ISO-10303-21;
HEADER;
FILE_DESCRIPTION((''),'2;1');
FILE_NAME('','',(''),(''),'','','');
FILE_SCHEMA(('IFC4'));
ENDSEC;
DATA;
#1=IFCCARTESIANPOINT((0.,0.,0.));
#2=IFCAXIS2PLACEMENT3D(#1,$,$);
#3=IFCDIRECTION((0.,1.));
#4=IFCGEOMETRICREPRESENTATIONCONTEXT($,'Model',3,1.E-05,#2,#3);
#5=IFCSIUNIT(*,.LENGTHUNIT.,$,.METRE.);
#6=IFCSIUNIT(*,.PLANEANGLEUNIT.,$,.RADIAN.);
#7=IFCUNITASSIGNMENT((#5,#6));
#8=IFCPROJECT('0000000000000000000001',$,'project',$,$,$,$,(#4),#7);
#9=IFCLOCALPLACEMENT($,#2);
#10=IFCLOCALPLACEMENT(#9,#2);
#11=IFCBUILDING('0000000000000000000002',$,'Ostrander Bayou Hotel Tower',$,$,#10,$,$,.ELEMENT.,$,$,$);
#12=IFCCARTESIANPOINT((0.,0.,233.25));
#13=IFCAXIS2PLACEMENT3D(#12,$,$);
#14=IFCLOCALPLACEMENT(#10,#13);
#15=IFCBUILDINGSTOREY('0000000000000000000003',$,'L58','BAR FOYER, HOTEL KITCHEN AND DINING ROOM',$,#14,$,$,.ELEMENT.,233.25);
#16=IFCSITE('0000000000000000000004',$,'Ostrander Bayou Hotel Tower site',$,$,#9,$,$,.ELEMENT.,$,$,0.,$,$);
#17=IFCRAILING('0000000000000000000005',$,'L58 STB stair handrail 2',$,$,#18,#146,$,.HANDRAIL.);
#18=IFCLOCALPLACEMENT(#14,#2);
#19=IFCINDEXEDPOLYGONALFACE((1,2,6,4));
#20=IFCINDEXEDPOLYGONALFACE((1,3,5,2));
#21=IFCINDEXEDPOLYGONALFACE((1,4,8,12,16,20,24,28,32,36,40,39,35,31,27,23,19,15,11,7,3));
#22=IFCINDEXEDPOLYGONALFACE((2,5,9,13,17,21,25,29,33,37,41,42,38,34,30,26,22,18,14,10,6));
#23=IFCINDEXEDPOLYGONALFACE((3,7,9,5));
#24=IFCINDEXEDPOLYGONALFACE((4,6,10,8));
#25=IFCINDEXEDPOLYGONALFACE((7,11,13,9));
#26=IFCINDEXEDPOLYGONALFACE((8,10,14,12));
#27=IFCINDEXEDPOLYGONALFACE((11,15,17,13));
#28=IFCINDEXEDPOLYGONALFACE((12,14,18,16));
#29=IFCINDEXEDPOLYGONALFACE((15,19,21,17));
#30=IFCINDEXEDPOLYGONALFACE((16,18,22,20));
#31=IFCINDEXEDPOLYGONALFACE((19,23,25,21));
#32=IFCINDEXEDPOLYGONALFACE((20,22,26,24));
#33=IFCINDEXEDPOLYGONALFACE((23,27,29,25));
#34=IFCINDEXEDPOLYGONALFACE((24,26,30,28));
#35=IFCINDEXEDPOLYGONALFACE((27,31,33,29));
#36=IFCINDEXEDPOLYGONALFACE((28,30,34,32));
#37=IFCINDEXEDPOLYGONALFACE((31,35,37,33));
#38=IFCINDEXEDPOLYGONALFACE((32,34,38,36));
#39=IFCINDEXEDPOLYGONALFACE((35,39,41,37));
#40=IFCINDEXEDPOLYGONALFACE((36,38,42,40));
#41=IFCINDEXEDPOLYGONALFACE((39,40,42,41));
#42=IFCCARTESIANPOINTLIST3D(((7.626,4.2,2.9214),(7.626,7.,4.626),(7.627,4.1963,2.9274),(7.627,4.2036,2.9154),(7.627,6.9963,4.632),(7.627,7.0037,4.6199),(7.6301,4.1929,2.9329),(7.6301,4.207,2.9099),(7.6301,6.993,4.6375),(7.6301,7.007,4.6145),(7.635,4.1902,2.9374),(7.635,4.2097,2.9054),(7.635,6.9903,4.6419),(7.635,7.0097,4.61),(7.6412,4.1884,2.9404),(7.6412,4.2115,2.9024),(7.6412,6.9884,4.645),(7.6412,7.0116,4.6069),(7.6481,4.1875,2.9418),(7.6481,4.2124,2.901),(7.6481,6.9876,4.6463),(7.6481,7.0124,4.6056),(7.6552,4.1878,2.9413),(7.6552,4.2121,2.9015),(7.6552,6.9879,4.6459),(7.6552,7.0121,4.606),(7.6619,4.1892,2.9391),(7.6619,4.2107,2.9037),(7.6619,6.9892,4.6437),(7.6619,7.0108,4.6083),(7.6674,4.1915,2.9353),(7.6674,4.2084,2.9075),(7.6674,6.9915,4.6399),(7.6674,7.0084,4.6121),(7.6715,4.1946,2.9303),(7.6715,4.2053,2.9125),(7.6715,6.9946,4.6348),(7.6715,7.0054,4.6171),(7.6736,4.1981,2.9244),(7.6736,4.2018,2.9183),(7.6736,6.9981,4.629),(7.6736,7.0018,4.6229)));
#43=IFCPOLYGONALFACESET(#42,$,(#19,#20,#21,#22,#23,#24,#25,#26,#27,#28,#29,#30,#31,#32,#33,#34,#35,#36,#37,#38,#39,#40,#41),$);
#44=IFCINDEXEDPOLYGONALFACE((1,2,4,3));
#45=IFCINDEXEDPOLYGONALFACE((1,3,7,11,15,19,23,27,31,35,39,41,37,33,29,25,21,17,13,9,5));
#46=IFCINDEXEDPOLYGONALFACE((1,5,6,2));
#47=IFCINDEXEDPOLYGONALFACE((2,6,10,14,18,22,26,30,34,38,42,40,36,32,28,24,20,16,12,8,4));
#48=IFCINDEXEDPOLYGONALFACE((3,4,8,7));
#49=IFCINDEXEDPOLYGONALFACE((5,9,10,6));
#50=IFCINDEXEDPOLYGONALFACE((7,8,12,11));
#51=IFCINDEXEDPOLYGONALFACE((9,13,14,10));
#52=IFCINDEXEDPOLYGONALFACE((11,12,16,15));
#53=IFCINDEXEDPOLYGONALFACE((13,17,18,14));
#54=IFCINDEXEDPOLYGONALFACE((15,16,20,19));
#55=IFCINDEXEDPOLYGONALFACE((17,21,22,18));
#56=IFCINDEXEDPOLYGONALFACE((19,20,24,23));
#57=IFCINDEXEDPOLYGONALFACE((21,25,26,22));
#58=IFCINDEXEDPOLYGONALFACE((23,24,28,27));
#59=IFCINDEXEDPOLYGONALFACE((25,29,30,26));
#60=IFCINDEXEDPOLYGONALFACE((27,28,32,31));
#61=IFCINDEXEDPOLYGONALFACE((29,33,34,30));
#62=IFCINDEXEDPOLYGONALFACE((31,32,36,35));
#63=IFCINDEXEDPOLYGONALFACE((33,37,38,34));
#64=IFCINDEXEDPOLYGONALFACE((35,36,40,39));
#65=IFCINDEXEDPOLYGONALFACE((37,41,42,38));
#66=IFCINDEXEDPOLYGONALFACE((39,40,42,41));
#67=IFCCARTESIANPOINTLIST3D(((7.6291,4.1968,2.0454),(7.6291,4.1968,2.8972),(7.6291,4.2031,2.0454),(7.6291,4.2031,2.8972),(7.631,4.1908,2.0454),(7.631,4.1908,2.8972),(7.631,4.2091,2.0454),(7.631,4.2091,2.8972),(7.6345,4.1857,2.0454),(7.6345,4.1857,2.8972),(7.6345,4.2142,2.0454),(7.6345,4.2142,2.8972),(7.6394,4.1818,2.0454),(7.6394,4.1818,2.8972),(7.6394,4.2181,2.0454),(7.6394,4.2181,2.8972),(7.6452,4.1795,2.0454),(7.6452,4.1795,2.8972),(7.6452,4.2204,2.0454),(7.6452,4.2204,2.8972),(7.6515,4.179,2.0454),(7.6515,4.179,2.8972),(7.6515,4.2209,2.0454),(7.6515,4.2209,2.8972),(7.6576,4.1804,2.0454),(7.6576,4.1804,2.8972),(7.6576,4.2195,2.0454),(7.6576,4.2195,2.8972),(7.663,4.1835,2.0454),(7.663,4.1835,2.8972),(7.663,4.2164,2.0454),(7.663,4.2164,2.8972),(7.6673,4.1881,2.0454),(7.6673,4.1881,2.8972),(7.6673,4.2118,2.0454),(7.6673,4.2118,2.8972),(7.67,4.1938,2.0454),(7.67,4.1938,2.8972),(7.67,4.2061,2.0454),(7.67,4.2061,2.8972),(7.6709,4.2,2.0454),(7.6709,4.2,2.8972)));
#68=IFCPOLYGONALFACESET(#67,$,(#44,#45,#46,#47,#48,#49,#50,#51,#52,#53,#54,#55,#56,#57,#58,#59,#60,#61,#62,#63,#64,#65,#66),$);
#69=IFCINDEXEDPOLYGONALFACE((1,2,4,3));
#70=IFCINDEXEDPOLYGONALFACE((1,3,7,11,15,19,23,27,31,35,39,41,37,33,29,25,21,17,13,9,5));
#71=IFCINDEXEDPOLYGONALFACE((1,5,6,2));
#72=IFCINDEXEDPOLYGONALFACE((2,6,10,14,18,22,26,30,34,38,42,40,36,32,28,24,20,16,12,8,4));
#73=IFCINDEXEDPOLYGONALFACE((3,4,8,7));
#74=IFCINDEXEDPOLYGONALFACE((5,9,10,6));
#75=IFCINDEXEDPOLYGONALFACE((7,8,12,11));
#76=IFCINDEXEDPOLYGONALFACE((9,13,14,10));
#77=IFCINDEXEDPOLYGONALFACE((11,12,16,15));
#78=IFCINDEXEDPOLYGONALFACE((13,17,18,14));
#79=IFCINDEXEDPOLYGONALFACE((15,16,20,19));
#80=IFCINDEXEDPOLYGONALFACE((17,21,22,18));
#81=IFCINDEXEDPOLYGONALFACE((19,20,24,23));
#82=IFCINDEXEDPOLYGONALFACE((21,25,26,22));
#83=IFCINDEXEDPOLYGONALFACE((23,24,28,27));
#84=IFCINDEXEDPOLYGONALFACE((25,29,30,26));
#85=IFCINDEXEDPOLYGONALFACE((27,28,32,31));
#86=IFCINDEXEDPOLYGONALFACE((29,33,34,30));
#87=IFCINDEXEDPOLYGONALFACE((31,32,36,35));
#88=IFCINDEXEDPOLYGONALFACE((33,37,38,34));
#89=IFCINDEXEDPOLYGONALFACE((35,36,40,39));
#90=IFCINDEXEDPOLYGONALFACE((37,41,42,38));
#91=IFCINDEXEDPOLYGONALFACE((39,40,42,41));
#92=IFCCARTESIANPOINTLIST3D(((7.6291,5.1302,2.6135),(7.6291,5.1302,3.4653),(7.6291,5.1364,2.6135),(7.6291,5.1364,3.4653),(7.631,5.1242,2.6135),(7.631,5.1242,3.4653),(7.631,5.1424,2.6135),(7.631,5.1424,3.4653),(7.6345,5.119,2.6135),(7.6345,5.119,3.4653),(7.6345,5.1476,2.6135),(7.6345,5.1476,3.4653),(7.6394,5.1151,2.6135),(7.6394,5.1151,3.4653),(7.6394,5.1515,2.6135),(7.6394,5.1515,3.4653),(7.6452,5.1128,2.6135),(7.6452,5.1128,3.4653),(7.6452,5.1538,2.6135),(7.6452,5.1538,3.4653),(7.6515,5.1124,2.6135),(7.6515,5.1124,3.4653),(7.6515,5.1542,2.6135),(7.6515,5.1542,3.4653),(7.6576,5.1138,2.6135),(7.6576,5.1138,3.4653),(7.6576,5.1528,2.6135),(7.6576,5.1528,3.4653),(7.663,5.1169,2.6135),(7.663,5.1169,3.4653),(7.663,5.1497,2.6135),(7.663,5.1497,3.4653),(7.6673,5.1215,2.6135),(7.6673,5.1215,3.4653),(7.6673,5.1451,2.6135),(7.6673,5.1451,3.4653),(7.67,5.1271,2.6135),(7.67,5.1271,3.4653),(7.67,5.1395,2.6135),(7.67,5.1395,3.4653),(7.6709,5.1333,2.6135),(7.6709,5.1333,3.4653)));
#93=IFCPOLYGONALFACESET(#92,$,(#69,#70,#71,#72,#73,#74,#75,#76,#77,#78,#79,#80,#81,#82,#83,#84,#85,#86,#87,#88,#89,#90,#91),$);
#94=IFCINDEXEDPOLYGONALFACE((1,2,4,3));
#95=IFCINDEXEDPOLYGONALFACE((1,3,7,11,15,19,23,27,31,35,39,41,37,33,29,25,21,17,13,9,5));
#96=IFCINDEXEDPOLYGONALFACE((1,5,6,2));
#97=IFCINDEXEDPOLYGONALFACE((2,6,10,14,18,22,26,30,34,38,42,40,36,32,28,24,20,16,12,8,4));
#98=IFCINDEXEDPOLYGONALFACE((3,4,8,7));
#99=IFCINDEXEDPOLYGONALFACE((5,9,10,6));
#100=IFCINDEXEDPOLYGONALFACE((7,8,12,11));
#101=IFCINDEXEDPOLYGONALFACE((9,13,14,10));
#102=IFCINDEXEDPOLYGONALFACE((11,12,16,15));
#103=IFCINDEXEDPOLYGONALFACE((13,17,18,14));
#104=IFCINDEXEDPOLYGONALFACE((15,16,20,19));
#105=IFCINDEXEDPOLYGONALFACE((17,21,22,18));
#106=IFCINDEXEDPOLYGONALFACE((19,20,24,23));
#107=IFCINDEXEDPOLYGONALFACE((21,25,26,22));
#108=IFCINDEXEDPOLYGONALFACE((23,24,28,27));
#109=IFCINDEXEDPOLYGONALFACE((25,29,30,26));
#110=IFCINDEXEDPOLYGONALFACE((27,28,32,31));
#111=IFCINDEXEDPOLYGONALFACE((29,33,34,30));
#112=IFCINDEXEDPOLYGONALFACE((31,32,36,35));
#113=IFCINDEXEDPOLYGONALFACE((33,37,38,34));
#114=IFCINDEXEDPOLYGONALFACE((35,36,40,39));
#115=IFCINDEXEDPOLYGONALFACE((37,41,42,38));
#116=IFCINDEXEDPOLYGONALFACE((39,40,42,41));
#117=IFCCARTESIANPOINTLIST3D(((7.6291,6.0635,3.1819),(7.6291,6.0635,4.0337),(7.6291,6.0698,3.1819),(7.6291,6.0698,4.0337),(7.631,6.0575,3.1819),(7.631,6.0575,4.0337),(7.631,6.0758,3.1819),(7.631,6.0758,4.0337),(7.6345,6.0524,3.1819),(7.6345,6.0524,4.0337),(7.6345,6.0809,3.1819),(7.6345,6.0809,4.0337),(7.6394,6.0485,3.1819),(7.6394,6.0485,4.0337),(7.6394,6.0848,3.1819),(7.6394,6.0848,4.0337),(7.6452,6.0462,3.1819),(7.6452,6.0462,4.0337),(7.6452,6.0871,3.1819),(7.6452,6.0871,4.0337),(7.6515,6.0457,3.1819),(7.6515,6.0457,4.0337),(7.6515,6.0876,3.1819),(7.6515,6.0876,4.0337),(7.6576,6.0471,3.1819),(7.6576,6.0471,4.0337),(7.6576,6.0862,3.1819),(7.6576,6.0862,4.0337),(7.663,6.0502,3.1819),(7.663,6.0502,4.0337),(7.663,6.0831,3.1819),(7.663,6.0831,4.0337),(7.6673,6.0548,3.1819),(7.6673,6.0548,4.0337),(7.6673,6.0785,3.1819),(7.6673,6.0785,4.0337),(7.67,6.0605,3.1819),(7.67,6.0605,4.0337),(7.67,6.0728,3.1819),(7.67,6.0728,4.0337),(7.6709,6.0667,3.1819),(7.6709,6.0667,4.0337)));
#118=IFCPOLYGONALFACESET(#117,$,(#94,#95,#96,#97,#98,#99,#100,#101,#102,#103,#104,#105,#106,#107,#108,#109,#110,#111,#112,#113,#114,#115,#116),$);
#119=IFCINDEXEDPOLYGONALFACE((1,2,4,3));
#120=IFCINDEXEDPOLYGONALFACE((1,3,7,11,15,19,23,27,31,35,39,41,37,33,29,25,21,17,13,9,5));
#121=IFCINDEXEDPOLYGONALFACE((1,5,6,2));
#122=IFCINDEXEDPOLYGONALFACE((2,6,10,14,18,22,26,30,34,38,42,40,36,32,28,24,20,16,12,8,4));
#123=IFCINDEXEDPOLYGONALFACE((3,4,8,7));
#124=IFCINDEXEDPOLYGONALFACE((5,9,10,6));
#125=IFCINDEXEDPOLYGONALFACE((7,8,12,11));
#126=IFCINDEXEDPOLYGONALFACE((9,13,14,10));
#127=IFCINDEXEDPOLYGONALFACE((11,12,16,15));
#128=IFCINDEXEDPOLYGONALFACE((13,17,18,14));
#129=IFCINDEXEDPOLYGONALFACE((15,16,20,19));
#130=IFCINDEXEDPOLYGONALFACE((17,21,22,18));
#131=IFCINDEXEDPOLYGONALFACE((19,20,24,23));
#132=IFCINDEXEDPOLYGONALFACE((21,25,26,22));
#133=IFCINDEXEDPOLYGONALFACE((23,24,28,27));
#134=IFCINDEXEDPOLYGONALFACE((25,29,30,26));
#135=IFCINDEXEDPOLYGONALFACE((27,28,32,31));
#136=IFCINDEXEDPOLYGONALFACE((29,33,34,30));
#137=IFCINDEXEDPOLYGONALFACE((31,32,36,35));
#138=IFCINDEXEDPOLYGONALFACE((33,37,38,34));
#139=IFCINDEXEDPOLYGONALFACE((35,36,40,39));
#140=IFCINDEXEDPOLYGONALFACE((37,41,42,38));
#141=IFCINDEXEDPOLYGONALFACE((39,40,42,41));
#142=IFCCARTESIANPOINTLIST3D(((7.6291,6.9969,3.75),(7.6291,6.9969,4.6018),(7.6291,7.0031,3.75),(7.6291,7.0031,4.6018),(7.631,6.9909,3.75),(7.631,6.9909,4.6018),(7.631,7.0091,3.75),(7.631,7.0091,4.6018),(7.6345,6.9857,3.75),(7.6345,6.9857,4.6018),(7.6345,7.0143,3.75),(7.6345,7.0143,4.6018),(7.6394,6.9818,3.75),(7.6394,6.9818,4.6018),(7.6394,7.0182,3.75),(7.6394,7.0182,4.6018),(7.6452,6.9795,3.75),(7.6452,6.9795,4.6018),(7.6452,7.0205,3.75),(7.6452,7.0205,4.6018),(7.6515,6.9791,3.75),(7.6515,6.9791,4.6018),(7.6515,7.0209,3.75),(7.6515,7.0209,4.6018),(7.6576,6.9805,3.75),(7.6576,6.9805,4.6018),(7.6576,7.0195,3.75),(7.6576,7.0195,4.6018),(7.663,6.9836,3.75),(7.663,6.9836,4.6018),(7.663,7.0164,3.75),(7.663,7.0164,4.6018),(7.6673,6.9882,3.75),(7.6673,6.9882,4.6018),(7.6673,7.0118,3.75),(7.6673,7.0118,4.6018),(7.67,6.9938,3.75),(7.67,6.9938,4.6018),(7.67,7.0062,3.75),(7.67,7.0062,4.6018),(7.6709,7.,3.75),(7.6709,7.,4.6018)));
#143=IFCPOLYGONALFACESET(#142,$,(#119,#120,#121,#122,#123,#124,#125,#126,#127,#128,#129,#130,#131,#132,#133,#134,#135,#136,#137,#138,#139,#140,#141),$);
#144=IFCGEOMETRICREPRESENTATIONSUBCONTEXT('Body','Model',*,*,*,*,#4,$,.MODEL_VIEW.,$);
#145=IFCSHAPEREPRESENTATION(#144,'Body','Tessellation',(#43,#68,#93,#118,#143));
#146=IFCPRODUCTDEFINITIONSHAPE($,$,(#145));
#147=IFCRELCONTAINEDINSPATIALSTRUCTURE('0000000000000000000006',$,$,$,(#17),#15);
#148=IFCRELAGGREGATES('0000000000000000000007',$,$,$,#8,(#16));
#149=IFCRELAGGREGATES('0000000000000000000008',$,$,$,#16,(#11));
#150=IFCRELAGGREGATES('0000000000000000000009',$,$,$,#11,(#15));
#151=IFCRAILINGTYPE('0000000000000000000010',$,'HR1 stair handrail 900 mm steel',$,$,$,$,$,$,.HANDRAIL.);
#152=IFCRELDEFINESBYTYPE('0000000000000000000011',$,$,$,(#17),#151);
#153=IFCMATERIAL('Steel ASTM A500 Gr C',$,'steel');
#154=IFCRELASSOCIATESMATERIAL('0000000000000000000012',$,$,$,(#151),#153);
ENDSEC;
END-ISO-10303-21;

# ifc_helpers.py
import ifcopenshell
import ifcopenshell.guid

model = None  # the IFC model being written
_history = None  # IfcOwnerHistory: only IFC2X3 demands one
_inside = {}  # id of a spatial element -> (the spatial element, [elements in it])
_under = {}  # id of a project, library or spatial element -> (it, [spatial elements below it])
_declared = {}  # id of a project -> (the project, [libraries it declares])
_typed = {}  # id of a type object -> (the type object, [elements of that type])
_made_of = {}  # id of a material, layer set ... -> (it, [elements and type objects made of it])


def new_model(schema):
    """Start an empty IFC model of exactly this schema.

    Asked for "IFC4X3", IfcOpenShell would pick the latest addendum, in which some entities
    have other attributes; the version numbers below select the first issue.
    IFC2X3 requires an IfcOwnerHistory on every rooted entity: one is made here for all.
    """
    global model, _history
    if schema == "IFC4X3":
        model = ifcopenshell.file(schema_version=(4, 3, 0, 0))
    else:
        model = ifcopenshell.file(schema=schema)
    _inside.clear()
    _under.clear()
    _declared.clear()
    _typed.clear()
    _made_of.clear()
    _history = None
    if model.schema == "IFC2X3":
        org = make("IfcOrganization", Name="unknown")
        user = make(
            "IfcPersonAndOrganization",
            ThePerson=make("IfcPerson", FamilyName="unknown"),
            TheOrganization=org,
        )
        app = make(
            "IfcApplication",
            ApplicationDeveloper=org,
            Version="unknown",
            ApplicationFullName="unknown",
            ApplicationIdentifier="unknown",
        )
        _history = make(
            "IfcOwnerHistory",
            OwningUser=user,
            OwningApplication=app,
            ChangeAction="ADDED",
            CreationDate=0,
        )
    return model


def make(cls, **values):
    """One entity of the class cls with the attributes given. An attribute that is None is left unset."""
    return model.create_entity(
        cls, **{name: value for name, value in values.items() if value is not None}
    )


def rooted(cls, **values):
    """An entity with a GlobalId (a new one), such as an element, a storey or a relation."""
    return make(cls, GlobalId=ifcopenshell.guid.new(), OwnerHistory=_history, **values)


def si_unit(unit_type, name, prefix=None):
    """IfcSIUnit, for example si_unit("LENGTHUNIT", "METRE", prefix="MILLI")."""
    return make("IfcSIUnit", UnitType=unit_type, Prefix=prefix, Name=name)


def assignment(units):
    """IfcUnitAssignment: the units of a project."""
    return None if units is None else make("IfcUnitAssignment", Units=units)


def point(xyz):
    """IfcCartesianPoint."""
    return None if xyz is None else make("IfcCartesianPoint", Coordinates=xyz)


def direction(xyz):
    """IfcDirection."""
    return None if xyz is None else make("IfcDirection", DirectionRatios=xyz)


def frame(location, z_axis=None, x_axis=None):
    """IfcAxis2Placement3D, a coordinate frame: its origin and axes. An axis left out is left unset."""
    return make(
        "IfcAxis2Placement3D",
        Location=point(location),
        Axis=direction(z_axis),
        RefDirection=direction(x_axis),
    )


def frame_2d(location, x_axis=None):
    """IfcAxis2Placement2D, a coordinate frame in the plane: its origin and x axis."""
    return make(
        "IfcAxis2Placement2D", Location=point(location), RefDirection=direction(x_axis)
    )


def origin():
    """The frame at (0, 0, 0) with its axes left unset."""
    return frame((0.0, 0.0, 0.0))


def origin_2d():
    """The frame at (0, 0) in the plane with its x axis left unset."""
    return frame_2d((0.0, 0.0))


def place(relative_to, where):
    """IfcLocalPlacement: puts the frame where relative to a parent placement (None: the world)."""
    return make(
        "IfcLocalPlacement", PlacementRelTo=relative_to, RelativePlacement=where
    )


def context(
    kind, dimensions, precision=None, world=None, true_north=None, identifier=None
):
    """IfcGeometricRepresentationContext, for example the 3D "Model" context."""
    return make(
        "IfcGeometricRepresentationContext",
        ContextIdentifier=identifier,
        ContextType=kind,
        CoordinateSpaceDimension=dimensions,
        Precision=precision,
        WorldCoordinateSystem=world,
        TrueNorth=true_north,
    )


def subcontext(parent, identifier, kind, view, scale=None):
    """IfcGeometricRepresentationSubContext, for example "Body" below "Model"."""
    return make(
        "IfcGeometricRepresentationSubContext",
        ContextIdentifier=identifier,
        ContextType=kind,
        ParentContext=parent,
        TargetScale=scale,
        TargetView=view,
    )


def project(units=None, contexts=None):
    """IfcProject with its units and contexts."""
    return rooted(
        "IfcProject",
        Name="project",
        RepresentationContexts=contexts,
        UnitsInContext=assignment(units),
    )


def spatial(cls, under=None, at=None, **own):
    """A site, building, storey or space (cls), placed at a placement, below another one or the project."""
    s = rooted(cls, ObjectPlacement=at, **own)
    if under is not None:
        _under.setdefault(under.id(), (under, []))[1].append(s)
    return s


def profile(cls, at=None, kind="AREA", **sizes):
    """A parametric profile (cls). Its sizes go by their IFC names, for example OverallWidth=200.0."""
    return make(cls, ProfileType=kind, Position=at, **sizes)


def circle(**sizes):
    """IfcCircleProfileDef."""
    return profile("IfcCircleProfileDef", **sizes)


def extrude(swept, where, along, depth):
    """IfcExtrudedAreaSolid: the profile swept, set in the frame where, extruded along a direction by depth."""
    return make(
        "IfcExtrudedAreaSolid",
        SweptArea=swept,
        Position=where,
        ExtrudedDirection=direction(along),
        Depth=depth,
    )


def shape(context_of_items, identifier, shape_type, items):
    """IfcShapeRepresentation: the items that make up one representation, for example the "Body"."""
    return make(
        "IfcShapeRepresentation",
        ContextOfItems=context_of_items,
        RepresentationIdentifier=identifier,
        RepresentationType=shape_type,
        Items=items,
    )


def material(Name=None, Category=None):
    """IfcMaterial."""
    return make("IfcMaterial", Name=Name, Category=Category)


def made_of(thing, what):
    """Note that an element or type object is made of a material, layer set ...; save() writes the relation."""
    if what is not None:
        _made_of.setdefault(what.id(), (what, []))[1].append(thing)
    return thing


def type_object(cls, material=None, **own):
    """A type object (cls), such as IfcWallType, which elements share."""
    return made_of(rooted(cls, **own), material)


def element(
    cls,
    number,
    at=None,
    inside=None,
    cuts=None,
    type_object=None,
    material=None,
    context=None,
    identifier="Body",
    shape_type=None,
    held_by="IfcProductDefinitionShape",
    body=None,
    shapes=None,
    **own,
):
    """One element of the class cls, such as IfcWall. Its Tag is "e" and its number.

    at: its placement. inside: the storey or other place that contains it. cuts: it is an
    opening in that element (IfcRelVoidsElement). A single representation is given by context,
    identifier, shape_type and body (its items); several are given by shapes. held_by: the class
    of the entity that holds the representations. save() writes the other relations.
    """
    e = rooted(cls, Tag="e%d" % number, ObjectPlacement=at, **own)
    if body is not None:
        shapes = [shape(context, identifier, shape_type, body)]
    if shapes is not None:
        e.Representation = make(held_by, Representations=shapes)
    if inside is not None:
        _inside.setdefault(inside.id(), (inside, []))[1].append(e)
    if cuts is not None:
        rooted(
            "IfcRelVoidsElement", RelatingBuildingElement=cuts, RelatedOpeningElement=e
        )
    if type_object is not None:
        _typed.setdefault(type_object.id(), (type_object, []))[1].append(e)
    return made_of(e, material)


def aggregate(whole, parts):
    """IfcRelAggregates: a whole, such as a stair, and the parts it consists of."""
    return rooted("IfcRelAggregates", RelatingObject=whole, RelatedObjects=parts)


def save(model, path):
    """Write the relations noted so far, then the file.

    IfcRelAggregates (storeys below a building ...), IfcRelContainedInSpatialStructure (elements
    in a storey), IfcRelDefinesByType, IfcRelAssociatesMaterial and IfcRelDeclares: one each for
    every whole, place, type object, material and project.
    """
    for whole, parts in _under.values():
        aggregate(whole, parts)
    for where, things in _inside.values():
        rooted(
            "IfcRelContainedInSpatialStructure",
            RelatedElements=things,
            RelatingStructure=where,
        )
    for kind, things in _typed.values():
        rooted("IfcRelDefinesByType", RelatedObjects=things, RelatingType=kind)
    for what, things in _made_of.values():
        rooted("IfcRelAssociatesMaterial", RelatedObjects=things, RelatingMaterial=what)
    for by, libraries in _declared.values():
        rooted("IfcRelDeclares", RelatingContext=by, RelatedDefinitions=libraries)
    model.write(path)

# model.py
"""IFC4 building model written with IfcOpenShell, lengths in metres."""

from ifc_helpers import new_model, si_unit, direction, frame, origin, origin_2d, place, context, subcontext, project, spatial, circle, extrude, material, type_object, element, save


model = new_model("IFC4")

# Units and contexts
model_context = context("Model", 3, precision=1e-05, world=origin(), true_north=direction((0.0, 1.0)))
body_context = subcontext(model_context, "Body", "Model", "MODEL_VIEW")
ifc_project = project(units=[si_unit("LENGTHUNIT", "METRE"), si_unit("PLANEANGLEUNIT", "RADIAN")], contexts=[model_context])

# Site, building, storey
site_placement = place(None, origin())
site = spatial("IfcSite", under=ifc_project, at=site_placement, Name="Ostrander Bayou Hotel Tower site", CompositionType="ELEMENT", RefElevation=0.0)
building_placement = place(site_placement, origin())
building = spatial("IfcBuilding", under=site, at=building_placement, Name="Ostrander Bayou Hotel Tower", CompositionType="ELEMENT")
storey_placement = place(building_placement, frame((0.0, 0.0, 233.25)))
storey = spatial("IfcBuildingStorey", under=building, at=storey_placement, Name="L58", Description="BAR FOYER, HOTEL KITCHEN AND DINING ROOM", CompositionType="ELEMENT", Elevation=233.25)

# Railing
ifc_material_1 = material(Name="Steel ASTM A500 Gr C", Category="steel")
railing_type_1 = type_object("IfcRailingType", Name="HR1 stair handrail 900 mm steel", PredefinedType="HANDRAIL", material=ifc_material_1)
railing_1_placement = place(storey_placement, frame((7.6499, 4.2, 2.0454)))
element("IfcRailing", 1, at=railing_1_placement, inside=storey, type_object=railing_type_1, Name="L58 STB stair handrail 2", PredefinedType="HANDRAIL", context=body_context, shape_type="SweptSolid", body=[
    extrude(circle(Radius=0.0239, at=origin_2d()), frame((0.0, 0.0, 0.876), z_axis=(0.0, 0.85417, 0.519994), x_axis=(-1.0, 0.0, 0.0)), (0.0, 0.0, 1.0), 3.2781),
    extrude(circle(Radius=0.021, at=origin_2d()), origin(), (0.0, 0.0, 1.0), 0.8518),
    extrude(circle(Radius=0.021, at=origin_2d()), frame((0.0, 0.9333, 0.5681)), (0.0, 0.0, 1.0), 0.8518),
    extrude(circle(Radius=0.021, at=origin_2d()), frame((0.0, 1.8667, 1.1365)), (0.0, 0.0, 1.0), 0.8518),
    extrude(circle(Radius=0.021, at=origin_2d()), frame((0.0, 2.8, 1.7046)), (0.0, 0.0, 1.0), 0.8518),
])

save(model, "model.ifc")
